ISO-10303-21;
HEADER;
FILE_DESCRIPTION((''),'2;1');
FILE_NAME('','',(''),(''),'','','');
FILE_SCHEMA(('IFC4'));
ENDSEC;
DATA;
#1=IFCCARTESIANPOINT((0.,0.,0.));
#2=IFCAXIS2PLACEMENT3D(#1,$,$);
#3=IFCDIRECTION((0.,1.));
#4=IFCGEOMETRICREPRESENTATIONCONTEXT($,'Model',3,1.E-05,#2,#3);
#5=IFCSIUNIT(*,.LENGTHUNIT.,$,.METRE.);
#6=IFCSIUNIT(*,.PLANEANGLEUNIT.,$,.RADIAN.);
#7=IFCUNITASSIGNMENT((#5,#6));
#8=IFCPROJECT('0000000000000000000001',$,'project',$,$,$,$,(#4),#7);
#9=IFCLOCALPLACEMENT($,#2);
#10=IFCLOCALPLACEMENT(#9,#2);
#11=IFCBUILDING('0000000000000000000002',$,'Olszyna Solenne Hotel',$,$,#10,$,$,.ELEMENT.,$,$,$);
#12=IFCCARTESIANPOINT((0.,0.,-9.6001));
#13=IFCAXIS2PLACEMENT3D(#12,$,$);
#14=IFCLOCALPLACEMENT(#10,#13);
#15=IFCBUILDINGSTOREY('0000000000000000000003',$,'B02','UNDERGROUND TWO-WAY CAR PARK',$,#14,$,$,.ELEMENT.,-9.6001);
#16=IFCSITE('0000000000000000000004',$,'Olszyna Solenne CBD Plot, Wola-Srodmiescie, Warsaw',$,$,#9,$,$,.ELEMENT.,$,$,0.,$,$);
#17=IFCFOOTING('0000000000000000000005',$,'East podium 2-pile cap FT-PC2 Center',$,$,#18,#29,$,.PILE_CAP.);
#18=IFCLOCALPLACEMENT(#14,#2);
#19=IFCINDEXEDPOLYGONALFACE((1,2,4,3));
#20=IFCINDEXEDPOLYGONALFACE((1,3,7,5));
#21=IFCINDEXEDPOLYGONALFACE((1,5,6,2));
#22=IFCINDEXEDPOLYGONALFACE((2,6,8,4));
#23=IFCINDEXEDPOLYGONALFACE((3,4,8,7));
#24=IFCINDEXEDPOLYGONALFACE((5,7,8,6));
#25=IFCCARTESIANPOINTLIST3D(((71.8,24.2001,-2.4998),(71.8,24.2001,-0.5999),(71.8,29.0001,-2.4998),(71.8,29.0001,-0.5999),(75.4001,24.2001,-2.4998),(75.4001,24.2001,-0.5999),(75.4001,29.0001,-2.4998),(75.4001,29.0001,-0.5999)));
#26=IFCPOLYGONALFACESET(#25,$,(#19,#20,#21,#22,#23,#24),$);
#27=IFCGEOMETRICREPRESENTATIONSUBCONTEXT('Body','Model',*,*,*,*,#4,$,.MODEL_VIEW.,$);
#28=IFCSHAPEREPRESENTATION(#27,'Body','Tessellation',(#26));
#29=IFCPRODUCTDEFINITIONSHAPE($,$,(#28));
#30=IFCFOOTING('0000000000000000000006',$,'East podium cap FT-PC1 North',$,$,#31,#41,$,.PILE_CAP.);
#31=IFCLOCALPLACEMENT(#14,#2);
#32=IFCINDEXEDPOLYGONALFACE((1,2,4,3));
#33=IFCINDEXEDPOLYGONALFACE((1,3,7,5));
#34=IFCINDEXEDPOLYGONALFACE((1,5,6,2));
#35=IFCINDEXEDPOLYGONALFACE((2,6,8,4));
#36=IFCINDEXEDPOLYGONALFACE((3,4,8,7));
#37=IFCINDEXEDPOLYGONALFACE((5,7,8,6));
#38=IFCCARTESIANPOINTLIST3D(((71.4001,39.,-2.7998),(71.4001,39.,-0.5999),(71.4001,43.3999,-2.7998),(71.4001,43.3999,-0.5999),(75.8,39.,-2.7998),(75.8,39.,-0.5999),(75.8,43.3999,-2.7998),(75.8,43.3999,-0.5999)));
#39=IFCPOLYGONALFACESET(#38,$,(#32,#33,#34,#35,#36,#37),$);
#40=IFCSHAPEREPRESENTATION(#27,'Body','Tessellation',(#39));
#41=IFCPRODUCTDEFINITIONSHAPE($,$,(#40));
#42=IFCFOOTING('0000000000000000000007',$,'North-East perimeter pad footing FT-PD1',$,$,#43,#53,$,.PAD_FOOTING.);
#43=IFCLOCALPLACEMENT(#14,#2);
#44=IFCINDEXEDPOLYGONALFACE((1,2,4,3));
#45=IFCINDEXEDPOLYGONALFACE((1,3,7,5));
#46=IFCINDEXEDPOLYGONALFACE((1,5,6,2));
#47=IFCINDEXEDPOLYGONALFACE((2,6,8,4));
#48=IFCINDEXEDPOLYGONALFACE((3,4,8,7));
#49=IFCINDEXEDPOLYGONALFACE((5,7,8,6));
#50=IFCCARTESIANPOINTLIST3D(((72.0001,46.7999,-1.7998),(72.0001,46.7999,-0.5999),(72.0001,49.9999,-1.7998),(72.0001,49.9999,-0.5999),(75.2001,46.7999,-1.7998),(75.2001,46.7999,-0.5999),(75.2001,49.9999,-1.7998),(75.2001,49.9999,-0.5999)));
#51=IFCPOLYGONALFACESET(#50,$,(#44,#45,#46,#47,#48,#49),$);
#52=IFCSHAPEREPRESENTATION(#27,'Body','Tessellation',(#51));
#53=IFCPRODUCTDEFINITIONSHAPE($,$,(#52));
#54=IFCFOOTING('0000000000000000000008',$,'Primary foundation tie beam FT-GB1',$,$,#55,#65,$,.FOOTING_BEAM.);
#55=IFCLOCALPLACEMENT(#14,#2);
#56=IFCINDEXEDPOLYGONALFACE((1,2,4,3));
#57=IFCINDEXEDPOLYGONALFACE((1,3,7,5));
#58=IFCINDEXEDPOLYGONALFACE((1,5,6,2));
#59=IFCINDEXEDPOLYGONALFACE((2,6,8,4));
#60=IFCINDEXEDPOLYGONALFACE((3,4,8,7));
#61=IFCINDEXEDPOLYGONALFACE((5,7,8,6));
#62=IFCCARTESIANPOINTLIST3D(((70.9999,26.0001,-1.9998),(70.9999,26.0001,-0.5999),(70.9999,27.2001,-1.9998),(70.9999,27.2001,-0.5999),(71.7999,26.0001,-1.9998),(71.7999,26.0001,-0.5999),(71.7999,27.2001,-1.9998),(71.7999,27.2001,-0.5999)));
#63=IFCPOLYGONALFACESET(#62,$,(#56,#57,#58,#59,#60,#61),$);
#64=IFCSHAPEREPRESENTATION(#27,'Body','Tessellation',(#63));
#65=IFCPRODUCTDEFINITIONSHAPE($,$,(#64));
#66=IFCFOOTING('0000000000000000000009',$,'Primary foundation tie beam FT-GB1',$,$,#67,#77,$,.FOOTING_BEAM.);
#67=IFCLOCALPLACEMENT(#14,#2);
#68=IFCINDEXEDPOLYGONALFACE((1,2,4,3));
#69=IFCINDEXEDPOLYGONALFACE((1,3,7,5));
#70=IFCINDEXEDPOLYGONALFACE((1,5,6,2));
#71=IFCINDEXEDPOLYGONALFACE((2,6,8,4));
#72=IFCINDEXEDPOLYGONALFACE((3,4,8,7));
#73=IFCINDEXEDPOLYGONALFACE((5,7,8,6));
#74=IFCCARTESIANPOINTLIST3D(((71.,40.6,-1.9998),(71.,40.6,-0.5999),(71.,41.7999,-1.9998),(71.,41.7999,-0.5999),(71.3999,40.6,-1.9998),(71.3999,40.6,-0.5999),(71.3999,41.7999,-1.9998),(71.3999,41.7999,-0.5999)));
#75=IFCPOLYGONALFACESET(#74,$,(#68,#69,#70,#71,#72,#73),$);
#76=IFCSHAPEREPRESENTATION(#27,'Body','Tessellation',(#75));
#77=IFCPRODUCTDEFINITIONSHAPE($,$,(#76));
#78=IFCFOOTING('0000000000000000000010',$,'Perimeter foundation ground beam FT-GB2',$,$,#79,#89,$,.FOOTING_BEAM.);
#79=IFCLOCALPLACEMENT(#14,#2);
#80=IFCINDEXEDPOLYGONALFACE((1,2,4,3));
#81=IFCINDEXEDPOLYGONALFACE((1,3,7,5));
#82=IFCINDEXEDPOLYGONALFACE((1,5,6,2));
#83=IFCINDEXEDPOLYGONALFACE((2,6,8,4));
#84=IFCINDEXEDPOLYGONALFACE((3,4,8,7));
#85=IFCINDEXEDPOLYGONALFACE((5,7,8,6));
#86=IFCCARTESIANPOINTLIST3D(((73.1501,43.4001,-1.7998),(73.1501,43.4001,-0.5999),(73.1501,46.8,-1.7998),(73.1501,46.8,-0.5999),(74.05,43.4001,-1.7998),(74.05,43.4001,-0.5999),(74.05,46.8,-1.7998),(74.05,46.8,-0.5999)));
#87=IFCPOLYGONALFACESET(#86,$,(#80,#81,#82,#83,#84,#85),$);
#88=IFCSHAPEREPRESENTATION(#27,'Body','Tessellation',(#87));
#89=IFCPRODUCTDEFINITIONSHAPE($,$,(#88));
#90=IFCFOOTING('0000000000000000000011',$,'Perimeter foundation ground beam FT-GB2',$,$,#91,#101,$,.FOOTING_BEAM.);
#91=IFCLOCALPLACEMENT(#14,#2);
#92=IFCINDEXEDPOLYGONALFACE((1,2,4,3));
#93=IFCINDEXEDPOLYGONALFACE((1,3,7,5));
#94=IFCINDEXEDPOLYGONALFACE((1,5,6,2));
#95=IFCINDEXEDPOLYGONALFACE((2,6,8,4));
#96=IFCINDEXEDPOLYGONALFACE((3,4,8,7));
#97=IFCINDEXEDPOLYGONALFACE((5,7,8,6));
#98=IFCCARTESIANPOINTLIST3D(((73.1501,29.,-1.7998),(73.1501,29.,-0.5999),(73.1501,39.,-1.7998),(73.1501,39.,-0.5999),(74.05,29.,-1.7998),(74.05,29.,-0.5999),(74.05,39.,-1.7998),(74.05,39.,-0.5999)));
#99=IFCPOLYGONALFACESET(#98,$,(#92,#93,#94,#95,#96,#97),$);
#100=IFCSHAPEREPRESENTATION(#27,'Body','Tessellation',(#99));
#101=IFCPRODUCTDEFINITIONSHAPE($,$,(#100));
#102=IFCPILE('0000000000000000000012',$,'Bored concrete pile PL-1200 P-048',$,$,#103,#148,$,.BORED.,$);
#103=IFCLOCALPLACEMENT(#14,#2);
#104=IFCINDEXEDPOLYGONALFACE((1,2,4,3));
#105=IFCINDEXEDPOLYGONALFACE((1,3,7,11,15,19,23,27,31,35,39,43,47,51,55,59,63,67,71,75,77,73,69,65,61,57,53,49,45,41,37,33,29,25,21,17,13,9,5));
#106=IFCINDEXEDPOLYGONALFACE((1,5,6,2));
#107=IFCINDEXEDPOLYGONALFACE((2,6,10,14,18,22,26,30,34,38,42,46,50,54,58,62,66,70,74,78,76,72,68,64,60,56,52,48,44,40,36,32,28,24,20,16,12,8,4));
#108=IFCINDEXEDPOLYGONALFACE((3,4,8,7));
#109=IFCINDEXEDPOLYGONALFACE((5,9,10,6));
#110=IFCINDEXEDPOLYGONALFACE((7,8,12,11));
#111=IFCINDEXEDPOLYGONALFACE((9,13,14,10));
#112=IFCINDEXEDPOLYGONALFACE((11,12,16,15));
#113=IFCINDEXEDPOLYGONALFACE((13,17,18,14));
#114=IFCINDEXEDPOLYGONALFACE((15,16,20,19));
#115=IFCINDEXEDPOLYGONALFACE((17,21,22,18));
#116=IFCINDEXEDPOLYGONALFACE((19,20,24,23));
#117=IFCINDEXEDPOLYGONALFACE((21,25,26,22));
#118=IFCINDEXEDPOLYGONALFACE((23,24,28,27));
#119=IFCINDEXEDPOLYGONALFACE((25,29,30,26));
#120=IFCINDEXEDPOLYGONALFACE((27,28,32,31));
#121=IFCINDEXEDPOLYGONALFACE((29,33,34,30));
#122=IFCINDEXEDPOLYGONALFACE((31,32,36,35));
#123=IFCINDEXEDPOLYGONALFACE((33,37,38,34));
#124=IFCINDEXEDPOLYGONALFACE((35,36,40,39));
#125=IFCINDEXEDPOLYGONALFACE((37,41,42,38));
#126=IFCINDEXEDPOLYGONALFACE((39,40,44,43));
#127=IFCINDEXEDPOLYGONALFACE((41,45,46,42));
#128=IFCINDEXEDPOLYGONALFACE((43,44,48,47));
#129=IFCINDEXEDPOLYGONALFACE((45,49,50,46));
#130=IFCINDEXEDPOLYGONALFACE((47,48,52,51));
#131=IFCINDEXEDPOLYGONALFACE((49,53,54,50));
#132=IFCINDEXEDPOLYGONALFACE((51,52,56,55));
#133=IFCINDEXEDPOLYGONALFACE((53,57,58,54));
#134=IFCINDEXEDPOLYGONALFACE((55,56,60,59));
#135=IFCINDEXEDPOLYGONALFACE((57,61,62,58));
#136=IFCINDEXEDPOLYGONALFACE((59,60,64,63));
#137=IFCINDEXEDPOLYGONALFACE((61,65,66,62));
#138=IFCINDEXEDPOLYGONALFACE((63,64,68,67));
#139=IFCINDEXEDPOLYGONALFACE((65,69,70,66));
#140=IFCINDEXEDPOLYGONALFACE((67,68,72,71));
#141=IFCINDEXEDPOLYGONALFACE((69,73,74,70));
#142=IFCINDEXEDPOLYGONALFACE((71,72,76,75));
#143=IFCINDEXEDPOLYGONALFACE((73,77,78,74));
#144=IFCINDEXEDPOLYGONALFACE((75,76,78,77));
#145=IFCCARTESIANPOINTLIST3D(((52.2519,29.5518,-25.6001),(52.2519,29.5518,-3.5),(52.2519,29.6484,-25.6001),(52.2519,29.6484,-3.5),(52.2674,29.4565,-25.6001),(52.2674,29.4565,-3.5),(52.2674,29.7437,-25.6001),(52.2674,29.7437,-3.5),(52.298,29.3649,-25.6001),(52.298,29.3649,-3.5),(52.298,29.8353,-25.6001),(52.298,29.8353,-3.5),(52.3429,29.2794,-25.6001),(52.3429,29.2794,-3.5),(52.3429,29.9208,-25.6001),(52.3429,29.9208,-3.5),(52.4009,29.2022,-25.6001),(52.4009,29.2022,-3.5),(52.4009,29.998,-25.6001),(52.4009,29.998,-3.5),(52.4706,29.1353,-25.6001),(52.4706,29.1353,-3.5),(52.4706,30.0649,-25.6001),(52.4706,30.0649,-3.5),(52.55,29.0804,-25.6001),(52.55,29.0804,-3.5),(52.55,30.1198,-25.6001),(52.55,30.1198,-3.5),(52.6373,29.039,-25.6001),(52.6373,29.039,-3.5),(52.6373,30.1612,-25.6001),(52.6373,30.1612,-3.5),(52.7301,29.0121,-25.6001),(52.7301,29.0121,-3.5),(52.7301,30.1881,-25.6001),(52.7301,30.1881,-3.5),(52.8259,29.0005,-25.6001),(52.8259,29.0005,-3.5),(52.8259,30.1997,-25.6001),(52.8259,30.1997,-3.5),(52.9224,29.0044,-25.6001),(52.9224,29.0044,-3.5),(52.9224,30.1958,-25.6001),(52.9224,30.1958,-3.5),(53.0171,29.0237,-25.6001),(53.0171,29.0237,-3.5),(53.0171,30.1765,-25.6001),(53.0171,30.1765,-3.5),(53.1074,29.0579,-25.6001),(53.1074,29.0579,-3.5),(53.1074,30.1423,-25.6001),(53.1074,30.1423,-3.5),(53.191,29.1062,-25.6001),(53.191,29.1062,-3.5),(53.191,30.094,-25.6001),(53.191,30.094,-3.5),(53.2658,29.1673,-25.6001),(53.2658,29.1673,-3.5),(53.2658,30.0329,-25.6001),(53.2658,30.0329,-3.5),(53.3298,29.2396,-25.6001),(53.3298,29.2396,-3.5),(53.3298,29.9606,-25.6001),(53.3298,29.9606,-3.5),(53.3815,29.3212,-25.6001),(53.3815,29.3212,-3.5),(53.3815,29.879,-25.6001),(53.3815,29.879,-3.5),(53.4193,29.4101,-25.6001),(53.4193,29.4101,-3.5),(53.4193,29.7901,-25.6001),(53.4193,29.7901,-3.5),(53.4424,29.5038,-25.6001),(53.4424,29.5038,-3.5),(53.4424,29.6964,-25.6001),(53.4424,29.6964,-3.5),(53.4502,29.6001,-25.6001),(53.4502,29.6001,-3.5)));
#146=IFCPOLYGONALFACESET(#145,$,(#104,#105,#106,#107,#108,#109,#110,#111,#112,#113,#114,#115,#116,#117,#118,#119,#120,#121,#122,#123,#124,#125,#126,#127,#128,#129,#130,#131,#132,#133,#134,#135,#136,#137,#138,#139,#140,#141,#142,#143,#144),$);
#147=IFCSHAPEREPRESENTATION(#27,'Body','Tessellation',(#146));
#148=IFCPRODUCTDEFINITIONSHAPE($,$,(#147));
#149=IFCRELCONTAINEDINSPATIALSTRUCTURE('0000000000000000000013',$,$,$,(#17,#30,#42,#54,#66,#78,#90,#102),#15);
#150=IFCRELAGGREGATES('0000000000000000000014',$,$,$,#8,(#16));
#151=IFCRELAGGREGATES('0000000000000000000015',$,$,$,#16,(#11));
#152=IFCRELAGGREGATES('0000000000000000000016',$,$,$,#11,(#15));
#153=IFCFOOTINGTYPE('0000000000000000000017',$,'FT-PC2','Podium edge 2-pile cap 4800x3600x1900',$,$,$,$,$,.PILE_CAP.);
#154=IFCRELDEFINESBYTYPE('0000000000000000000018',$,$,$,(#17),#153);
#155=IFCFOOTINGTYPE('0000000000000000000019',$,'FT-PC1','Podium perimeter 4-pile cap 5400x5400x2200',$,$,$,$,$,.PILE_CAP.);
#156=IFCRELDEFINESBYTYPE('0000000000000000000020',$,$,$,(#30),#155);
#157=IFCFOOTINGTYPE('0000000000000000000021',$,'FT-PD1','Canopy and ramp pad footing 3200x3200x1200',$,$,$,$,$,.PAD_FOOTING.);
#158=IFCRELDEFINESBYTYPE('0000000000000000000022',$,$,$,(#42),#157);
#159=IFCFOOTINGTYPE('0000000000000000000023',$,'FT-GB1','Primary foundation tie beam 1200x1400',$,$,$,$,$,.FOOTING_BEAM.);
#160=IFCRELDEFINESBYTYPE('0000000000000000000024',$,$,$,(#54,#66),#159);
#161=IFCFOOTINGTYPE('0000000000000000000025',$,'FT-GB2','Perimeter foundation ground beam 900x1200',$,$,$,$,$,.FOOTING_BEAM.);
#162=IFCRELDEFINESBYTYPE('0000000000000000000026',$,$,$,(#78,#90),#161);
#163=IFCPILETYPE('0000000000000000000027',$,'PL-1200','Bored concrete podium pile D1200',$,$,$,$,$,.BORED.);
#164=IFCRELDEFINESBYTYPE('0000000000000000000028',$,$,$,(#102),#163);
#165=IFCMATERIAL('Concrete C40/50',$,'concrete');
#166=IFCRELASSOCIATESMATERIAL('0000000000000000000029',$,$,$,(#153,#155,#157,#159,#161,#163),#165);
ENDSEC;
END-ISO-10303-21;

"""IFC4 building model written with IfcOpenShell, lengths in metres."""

from ifc_helpers import new_model, si_unit, direction, frame, origin, origin_2d, place, context, subcontext, project, spatial, rectangle, circle, extrude, source, transform, mapped, material, material_profile, profile_set, type_object, element, save


model = new_model("IFC4")

# Units and contexts
model_context = context("Model", 3, precision=1e-05, world=origin(), true_north=direction((0.0, 1.0)))
body_context = subcontext(model_context, "Body", "Model", "MODEL_VIEW")
ifc_project = project(units=[si_unit("LENGTHUNIT", "METRE"), si_unit("PLANEANGLEUNIT", "RADIAN")], contexts=[model_context])

# Site, building, storey
site_placement = place(None, origin())
site = spatial("IfcSite", under=ifc_project, at=site_placement, Name="Olszyna Solenne CBD Plot, Wola-Srodmiescie, Warsaw", CompositionType="ELEMENT", RefElevation=0.0)
building_placement = place(site_placement, origin())
building = spatial("IfcBuilding", under=site, at=building_placement, Name="Olszyna Solenne Hotel", CompositionType="ELEMENT")
storey_placement = place(building_placement, frame((0.0, 0.0, -9.6001)))
storey = spatial("IfcBuildingStorey", under=building, at=storey_placement, Name="B02", Description="UNDERGROUND TWO-WAY CAR PARK", CompositionType="ELEMENT", Elevation=-9.6001)

# Footings
ifc_material_1 = material(Name="Concrete C40/50", Category="concrete")
footing_type_1 = type_object("IfcFootingType", Name="FT-PC2", Description="Podium edge 2-pile cap 4800x3600x1900", PredefinedType="PILE_CAP", material=ifc_material_1)
shared_shape_1 = source(origin(), body_context, "Body", "SweptSolid", [
    extrude(rectangle(XDim=3.6001, YDim=4.8, at=origin_2d()), origin(), (0.0, 0.0, 1.0), 1.8999),
])
footing_1_placement = place(storey_placement, frame((73.6001, 26.6001, -2.4998), z_axis=(0.0, 0.0, 1.0), x_axis=(1.0, 0.0, 0.0)))
element("IfcFooting", 1, at=footing_1_placement, inside=storey, type_object=footing_type_1, Name="East podium 2-pile cap FT-PC2 Center", PredefinedType="PILE_CAP", context=body_context, shape_type="MappedRepresentation", body=[
    mapped(shared_shape_1, transform((0.0, 0.0, 0.0), x_axis=(1.0, 0.0, 0.0), y_axis=(0.0, 1.0, 0.0), z_axis=(0.0, 0.0, 1.0), scale=1.0)),
])
footing_type_2 = type_object("IfcFootingType", Name="FT-PC1", Description="Podium perimeter 4-pile cap 5400x5400x2200", PredefinedType="PILE_CAP", material=ifc_material_1)
shared_shape_2 = source(origin(), body_context, "Body", "SweptSolid", [
    extrude(rectangle(XDim=4.3999, YDim=4.3999, at=origin_2d()), origin(), (0.0, 0.0, 1.0), 2.2),
])
footing_2_placement = place(storey_placement, frame((73.6001, 41.2, -2.7998), z_axis=(0.0, 0.0, 1.0), x_axis=(1.0, 0.0, 0.0)))
element("IfcFooting", 2, at=footing_2_placement, inside=storey, type_object=footing_type_2, Name="East podium cap FT-PC1 North", PredefinedType="PILE_CAP", context=body_context, shape_type="MappedRepresentation", body=[
    mapped(shared_shape_2, transform((0.0, 0.0, 0.0), x_axis=(1.0, 0.0, 0.0), y_axis=(0.0, 1.0, 0.0), z_axis=(0.0, 0.0, 1.0), scale=1.0)),
])
footing_type_3 = type_object("IfcFootingType", Name="FT-PD1", Description="Canopy and ramp pad footing 3200x3200x1200", PredefinedType="PAD_FOOTING", material=ifc_material_1)
shared_shape_3 = source(origin(), body_context, "Body", "SweptSolid", [
    extrude(rectangle(XDim=3.2, YDim=3.2, at=origin_2d()), origin(), (0.0, 0.0, 1.0), 1.2),
])
footing_3_placement = place(storey_placement, frame((73.6001, 48.3999, -1.7998), z_axis=(0.0, 0.0, 1.0), x_axis=(1.0, 0.0, 0.0)))
element("IfcFooting", 3, at=footing_3_placement, inside=storey, type_object=footing_type_3, Name="North-East perimeter pad footing FT-PD1", PredefinedType="PAD_FOOTING", context=body_context, shape_type="MappedRepresentation", body=[
    mapped(shared_shape_3, transform((0.0, 0.0, 0.0), x_axis=(1.0, 0.0, 0.0), y_axis=(0.0, 1.0, 0.0), z_axis=(0.0, 0.0, 1.0), scale=1.0)),
])
footing_type_4 = type_object("IfcFootingType", Name="FT-GB1", Description="Primary foundation tie beam 1200x1400", PredefinedType="FOOTING_BEAM", material=ifc_material_1)
shared_shape_4 = source(origin(), body_context, "Body", "SweptSolid", [
    extrude(rectangle(XDim=0.8, YDim=1.2, at=origin_2d()), origin(), (0.0, 0.0, 1.0), 1.3999),
])
footing_4_placement = place(storey_placement, frame((71.3999, 26.6001, -1.9998), z_axis=(0.0, 0.0, 1.0), x_axis=(1.0, 0.0, 0.0)))
element("IfcFooting", 4, at=footing_4_placement, inside=storey, type_object=footing_type_4, Name="Primary foundation tie beam FT-GB1", PredefinedType="FOOTING_BEAM", context=body_context, shape_type="MappedRepresentation", body=[
    mapped(shared_shape_4, transform((0.0, 0.0, 0.0), x_axis=(1.0, 0.0, 0.0), y_axis=(0.0, 1.0, 0.0), z_axis=(0.0, 0.0, 1.0), scale=1.0)),
])
shared_shape_5 = source(origin(), body_context, "Body", "SweptSolid", [
    extrude(rectangle(XDim=0.3999, YDim=1.2, at=origin_2d()), origin(), (0.0, 0.0, 1.0), 1.3999),
])
footing_5_placement = place(storey_placement, frame((71.2, 41.2, -1.9998), z_axis=(0.0, 0.0, 1.0), x_axis=(1.0, 0.0, 0.0)))
element("IfcFooting", 5, at=footing_5_placement, inside=storey, type_object=footing_type_4, Name="Primary foundation tie beam FT-GB1", PredefinedType="FOOTING_BEAM", context=body_context, shape_type="MappedRepresentation", body=[
    mapped(shared_shape_5, transform((0.0, 0.0, 0.0), x_axis=(1.0, 0.0, 0.0), y_axis=(0.0, 1.0, 0.0), z_axis=(0.0, 0.0, 1.0), scale=1.0)),
])
footing_type_5 = type_object("IfcFootingType", Name="FT-GB2", Description="Perimeter foundation ground beam 900x1200", PredefinedType="FOOTING_BEAM", material=ifc_material_1)
shared_shape_6 = source(origin(), body_context, "Body", "SweptSolid", [
    extrude(rectangle(XDim=0.8999, YDim=3.3999, at=origin_2d()), origin(), (0.0, 0.0, 1.0), 1.2),
])
footing_6_placement = place(storey_placement, frame((73.6001, 45.1001, -1.7998), z_axis=(0.0, 0.0, 1.0), x_axis=(1.0, 0.0, 0.0)))
element("IfcFooting", 6, at=footing_6_placement, inside=storey, type_object=footing_type_5, Name="Perimeter foundation ground beam FT-GB2", PredefinedType="FOOTING_BEAM", context=body_context, shape_type="MappedRepresentation", body=[
    mapped(shared_shape_6, transform((0.0, 0.0, 0.0), x_axis=(1.0, 0.0, 0.0), y_axis=(0.0, 1.0, 0.0), z_axis=(0.0, 0.0, 1.0), scale=1.0)),
])
shared_shape_7 = source(origin(), body_context, "Body", "SweptSolid", [
    extrude(rectangle(XDim=0.8999, YDim=10.0, at=origin_2d()), origin(), (0.0, 0.0, 1.0), 1.2),
])
footing_7_placement = place(storey_placement, frame((73.6001, 34.0, -1.7998), z_axis=(0.0, 0.0, 1.0), x_axis=(1.0, 0.0, 0.0)))
element("IfcFooting", 7, at=footing_7_placement, inside=storey, type_object=footing_type_5, Name="Perimeter foundation ground beam FT-GB2", PredefinedType="FOOTING_BEAM", context=body_context, shape_type="MappedRepresentation", body=[
    mapped(shared_shape_7, transform((0.0, 0.0, 0.0), x_axis=(1.0, 0.0, 0.0), y_axis=(0.0, 1.0, 0.0), z_axis=(0.0, 0.0, 1.0), scale=1.0)),
])

# Pile
ifc_material_profile_1 = material_profile(ifc_material_1, circle(Radius=0.6001, at=origin_2d()), Name="BORED PILE 1200", Category="load-bearing")
ifc_profile_set_1 = profile_set([ifc_material_profile_1], Name="Concrete C40/50")
pile_type_1 = type_object("IfcPileType", Name="PL-1200", Description="Bored concrete podium pile D1200", PredefinedType="BORED", material=ifc_profile_set_1)
shared_shape_8 = source(origin(), body_context, "Body", "SweptSolid", [
    extrude(circle(Radius=0.6001, at=origin_2d()), origin(), (0.0, 0.0, 1.0), 22.1001),
])
for number, where, z_axis, x_axis, name in (
    (8, (52.8501, 29.6001, -3.5), (0.0, 0.0, -1.0), (1.0, 0.0, 0.0), "Bored concrete pile PL-1200 P-048"),
):
    element("IfcPile", number, at=place(storey_placement, frame(where, z_axis=z_axis, x_axis=x_axis)), inside=storey, type_object=pile_type_1, Name=name, PredefinedType="BORED", context=body_context, shape_type="MappedRepresentation", body=[
        mapped(shared_shape_8, transform((0.0, 0.0, 0.0), x_axis=(1.0, 0.0, 0.0), y_axis=(0.0, 1.0, 0.0), z_axis=(0.0, 0.0, 1.0), scale=1.0)),
    ])

save(model, "model.ifc")
